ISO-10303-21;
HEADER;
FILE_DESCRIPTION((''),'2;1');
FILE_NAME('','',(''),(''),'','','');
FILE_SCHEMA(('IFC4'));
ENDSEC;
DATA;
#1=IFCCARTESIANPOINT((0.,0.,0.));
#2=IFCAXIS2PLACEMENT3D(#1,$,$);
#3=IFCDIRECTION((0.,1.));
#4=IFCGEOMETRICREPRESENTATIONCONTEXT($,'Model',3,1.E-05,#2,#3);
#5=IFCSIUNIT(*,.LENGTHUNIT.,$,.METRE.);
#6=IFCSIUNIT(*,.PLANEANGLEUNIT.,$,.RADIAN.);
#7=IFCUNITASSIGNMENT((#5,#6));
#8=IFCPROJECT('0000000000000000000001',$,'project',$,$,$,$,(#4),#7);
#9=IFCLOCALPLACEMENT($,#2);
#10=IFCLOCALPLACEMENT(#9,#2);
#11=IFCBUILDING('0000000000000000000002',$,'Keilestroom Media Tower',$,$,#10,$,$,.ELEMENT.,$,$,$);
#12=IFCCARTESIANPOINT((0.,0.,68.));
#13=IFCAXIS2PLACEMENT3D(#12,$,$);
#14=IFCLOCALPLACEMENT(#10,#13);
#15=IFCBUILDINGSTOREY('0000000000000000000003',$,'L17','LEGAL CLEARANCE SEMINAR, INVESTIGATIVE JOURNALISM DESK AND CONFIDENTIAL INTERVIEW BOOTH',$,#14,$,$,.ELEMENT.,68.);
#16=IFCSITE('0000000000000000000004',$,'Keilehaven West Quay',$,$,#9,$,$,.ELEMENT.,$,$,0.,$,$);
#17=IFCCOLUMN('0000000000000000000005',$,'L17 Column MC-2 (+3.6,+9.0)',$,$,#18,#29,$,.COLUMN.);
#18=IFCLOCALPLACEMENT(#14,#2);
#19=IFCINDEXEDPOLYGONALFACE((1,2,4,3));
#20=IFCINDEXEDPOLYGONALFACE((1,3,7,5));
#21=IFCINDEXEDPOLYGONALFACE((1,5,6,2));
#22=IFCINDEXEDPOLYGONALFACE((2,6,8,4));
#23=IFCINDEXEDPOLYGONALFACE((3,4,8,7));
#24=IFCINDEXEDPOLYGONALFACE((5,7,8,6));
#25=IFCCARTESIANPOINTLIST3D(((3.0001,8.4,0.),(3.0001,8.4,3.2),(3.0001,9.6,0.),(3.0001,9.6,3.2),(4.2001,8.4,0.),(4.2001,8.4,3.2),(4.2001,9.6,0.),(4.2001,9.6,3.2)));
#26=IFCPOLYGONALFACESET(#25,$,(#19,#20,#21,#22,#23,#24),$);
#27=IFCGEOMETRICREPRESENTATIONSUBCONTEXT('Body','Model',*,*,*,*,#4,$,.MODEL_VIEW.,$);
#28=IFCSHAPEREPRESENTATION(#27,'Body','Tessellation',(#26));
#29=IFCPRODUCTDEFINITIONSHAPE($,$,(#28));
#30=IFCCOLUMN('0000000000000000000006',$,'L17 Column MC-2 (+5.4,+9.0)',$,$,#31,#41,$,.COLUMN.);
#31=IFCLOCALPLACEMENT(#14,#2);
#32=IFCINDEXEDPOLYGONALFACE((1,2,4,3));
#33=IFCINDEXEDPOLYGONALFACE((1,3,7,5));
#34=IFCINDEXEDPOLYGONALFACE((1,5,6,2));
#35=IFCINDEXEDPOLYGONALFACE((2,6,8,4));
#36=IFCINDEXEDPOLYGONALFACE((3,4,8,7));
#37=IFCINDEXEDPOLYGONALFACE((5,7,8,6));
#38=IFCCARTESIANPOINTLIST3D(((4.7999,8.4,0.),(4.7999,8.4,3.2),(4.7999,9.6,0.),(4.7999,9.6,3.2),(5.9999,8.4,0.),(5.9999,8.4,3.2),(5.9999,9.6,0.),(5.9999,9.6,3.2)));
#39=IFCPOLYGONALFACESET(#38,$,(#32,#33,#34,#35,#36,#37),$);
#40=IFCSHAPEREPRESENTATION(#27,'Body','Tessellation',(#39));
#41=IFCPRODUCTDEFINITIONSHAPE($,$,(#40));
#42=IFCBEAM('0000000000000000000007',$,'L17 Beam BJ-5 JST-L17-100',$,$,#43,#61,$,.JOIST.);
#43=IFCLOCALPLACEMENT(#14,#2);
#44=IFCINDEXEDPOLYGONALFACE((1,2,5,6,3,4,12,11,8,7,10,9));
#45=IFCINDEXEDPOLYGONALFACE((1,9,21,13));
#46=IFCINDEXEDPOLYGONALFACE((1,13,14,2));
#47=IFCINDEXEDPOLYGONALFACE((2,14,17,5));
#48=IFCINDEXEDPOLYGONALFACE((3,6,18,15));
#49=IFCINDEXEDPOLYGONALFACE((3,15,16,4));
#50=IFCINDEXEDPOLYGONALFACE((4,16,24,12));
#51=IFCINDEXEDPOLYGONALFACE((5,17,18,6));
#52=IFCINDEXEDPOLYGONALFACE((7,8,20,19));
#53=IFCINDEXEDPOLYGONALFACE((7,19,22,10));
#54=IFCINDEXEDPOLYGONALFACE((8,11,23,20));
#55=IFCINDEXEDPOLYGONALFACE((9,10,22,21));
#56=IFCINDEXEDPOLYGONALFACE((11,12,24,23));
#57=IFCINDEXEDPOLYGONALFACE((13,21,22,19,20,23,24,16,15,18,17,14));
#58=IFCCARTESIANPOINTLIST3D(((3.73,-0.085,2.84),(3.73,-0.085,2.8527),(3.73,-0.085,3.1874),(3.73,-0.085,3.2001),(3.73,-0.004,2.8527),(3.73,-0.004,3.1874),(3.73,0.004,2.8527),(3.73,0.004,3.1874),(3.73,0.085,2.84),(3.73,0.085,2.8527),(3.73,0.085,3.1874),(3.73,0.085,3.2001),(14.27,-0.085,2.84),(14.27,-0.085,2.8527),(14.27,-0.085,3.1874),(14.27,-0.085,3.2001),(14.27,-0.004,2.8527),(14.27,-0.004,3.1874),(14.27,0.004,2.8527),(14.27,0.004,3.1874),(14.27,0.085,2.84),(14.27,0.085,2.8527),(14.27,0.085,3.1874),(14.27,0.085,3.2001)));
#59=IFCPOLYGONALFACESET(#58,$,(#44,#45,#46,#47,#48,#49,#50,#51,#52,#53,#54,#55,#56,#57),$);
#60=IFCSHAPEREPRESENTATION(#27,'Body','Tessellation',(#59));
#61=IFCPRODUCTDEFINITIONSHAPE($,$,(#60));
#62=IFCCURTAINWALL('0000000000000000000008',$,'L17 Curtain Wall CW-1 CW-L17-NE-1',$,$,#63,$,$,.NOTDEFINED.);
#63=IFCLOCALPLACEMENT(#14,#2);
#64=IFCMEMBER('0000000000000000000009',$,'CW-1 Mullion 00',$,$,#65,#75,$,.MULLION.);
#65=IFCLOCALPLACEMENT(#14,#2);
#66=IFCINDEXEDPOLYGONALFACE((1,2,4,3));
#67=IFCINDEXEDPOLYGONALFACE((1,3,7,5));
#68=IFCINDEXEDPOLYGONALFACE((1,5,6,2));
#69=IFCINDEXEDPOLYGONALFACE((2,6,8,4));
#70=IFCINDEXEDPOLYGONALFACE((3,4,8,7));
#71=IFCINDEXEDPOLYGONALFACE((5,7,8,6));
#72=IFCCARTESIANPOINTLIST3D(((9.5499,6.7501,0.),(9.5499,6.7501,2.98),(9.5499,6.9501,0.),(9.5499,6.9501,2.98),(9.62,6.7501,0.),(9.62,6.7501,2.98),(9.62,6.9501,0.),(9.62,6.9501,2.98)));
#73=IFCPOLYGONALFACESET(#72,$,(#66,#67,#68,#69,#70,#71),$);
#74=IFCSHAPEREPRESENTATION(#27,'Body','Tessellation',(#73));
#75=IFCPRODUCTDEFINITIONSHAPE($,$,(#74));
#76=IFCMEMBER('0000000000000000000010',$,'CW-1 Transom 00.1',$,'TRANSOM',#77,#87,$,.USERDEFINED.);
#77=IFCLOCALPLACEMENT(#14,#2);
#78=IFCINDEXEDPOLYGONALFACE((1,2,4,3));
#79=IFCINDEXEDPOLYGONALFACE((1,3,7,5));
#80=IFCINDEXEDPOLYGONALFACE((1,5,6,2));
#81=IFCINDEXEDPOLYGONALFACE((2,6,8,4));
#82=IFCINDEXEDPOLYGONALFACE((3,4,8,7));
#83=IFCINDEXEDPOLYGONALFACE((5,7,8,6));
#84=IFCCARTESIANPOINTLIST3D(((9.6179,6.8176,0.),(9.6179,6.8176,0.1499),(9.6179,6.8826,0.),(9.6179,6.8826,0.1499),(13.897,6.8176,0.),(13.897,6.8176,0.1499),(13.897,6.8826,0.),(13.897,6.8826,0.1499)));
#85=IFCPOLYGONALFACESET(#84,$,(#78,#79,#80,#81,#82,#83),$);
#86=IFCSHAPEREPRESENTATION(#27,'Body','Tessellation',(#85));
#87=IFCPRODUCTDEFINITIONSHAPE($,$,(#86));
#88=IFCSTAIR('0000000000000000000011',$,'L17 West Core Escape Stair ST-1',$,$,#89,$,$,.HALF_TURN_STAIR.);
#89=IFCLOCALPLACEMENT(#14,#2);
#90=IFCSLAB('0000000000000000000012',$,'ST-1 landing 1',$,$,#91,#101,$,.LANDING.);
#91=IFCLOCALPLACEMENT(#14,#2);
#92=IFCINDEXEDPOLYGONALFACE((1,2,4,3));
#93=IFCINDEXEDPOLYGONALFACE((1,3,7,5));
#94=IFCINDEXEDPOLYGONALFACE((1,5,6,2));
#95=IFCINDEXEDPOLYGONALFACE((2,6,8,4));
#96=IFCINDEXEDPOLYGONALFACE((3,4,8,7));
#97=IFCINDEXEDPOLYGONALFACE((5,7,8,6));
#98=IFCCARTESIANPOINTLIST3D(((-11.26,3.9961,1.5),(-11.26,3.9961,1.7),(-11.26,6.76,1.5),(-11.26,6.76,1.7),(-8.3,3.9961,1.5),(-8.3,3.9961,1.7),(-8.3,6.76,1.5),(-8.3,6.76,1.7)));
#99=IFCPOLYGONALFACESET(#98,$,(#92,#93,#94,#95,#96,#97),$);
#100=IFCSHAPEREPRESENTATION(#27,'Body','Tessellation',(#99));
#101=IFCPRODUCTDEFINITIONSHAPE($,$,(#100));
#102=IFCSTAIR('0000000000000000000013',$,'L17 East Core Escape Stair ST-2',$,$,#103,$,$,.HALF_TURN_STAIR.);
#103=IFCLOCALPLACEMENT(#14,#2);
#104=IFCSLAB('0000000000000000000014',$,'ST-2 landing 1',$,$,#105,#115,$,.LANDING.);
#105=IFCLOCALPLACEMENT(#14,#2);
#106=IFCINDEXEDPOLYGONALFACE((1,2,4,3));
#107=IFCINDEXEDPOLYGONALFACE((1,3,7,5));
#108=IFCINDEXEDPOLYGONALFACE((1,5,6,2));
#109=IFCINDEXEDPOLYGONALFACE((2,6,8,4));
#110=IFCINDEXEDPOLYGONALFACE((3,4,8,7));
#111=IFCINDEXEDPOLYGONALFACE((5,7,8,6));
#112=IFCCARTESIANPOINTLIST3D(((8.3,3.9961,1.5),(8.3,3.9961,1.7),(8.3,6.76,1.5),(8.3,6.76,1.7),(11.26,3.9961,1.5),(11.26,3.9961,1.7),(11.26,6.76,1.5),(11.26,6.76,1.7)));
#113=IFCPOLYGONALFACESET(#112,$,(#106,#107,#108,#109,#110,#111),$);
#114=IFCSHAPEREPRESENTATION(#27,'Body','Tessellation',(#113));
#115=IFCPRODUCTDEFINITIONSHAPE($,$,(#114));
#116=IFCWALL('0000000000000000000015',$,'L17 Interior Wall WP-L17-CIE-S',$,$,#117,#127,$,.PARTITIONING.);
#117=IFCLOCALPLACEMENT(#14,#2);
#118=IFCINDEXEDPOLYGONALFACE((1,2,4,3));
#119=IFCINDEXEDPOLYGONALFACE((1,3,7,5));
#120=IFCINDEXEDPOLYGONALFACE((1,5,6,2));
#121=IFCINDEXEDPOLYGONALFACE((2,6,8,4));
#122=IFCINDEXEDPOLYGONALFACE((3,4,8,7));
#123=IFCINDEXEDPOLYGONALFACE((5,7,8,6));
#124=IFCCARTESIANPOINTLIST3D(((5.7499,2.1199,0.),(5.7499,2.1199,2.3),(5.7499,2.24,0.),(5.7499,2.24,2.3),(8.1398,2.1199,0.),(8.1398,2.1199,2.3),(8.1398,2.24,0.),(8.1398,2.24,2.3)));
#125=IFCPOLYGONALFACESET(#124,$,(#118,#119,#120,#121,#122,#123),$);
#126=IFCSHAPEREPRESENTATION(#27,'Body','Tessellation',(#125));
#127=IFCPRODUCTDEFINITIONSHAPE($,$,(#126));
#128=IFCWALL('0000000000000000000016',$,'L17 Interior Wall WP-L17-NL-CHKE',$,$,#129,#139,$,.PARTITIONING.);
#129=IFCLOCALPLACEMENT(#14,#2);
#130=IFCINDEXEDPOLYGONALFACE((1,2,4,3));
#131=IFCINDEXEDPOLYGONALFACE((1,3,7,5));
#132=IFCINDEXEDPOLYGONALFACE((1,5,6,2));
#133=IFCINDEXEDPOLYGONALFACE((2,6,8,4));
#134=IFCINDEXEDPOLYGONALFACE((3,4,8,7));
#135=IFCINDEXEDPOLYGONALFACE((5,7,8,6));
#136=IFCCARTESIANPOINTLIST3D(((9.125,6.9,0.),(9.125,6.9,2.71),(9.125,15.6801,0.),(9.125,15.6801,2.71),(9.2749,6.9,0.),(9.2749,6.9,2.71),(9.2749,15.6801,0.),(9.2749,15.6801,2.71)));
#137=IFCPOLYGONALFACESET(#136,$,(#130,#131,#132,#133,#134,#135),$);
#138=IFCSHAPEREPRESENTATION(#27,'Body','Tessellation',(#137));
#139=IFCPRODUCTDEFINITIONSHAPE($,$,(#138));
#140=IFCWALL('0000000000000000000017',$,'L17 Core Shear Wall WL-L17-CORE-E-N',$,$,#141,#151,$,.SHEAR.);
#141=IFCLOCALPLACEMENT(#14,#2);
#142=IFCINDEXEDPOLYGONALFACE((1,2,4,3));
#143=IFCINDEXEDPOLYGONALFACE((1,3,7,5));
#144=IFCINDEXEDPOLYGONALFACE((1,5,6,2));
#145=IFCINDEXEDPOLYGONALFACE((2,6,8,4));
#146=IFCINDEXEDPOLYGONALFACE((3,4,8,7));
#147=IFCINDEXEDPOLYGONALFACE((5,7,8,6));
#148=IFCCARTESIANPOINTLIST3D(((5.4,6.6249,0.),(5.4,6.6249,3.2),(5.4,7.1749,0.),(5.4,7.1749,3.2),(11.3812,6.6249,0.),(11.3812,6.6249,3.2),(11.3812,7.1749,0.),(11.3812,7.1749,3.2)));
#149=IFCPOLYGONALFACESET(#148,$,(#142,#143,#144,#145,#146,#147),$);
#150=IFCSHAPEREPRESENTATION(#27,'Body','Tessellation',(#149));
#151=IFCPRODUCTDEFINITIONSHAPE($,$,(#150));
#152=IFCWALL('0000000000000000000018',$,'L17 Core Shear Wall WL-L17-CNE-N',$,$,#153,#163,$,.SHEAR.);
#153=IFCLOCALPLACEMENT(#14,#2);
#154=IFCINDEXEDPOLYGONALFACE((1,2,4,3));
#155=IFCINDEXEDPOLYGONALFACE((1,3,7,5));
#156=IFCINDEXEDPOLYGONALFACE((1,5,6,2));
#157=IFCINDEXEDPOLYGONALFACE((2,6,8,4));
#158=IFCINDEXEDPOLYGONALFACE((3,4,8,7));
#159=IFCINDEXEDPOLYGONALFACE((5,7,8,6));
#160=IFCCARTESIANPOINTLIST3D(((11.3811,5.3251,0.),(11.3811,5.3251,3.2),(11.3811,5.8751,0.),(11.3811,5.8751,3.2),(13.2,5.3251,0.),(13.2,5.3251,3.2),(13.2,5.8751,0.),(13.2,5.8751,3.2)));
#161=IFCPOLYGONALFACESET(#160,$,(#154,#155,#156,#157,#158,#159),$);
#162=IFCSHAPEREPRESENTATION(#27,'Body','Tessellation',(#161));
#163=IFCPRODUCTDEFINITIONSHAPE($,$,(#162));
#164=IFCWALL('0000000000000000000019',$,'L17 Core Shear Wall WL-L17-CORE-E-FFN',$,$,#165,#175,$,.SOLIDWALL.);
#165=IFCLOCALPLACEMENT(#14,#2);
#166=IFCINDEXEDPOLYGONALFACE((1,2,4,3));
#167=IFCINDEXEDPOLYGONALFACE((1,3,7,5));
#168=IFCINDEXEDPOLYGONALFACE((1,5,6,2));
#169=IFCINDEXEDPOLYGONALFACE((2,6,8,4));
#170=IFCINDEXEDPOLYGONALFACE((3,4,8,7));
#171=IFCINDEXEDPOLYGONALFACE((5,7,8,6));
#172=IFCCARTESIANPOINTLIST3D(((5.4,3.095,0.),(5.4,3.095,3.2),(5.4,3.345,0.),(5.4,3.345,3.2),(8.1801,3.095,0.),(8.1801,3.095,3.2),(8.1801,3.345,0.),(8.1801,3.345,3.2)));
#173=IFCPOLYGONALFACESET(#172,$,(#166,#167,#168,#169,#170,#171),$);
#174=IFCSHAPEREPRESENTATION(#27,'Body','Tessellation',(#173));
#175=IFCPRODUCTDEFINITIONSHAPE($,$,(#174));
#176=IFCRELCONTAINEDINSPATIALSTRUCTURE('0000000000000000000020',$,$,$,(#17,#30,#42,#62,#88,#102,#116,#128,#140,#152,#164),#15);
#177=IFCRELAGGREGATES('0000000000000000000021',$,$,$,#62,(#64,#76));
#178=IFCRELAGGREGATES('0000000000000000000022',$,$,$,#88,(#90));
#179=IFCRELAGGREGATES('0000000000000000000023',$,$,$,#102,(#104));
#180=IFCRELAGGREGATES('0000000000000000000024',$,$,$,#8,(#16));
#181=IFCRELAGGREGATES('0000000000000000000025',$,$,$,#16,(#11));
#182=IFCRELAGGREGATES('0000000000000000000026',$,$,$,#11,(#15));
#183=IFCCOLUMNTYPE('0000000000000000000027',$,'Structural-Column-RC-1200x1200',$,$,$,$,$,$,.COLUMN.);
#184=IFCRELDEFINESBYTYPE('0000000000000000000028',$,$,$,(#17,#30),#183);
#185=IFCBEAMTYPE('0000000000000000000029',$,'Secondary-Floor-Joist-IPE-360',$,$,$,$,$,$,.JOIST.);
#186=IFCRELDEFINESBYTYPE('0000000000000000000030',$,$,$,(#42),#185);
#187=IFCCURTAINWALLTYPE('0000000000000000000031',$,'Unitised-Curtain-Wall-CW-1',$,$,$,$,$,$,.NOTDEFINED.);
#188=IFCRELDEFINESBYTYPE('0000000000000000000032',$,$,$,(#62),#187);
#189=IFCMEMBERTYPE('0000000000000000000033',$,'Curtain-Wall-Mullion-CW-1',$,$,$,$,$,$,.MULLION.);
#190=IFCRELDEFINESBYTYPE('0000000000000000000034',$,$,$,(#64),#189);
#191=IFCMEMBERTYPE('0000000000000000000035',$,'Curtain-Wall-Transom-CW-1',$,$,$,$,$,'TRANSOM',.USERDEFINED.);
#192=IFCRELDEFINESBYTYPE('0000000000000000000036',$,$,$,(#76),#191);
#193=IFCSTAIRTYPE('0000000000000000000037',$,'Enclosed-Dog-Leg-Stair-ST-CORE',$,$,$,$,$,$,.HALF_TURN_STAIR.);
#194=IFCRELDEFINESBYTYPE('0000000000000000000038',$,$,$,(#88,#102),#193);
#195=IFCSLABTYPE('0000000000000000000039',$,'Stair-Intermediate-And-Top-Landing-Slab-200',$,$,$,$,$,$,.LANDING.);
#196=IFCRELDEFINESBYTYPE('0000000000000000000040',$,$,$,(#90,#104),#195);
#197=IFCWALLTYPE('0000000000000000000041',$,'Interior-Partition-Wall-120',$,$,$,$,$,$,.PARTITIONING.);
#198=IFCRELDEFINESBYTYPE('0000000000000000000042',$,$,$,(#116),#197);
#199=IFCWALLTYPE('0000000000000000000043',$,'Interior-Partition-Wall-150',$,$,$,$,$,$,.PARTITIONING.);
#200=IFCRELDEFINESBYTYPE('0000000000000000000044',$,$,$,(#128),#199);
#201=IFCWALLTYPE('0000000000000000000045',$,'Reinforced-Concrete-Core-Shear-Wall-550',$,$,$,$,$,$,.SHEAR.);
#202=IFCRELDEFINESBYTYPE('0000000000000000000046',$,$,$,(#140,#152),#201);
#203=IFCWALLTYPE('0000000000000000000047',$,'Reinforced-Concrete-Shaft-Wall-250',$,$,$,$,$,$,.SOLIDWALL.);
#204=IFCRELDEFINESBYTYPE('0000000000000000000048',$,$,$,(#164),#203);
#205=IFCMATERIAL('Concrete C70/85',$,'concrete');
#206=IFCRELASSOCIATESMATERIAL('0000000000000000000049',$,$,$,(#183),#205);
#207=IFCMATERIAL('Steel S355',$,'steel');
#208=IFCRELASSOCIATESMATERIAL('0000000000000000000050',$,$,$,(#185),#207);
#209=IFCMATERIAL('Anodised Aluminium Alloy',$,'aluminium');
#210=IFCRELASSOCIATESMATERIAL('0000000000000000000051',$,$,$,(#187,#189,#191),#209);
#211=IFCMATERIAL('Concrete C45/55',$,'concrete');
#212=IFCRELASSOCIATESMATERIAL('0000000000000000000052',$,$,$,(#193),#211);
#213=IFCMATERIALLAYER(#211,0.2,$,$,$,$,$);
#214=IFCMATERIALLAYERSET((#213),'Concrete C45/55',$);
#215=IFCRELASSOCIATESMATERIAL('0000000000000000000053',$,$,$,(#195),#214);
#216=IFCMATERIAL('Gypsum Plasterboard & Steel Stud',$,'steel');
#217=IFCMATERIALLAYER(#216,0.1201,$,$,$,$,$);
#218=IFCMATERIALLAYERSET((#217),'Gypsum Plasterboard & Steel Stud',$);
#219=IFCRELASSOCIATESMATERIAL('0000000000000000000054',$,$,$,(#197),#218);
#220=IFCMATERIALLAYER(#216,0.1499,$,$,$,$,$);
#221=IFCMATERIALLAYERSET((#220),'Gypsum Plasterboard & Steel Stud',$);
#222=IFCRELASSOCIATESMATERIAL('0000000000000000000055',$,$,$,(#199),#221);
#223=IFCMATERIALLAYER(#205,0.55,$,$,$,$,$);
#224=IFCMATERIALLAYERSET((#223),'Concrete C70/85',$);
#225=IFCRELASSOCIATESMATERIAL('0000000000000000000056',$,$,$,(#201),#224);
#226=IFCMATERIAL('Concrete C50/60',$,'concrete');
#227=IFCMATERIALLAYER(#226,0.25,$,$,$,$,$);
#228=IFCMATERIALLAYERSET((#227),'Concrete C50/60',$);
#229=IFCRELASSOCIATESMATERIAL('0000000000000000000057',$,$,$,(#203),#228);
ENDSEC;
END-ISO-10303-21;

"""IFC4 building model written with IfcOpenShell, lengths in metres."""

from ifc_helpers import new_model, si_unit, direction, frame, frame_2d, origin, origin_2d, place, context, subcontext, project, spatial, polyline, rectangle, i_section, outline, extrude, source, transform, mapped, material, layer, layer_set, material_profile, profile_set, type_object, element, aggregate, save


model = new_model("IFC4")

# Units and contexts
model_context = context("Model", 3, precision=1e-05, world=origin(), true_north=direction((0.0, 1.0)))
body_context = subcontext(model_context, "Body", "Model", "MODEL_VIEW")
ifc_project = project(units=[si_unit("LENGTHUNIT", "METRE"), si_unit("PLANEANGLEUNIT", "RADIAN")], contexts=[model_context])

# Site, building, storey
site_placement = place(None, origin())
site = spatial("IfcSite", under=ifc_project, at=site_placement, Name="Keilehaven West Quay", CompositionType="ELEMENT", RefElevation=0.0)
building_placement = place(site_placement, origin())
building = spatial("IfcBuilding", under=site, at=building_placement, Name="Keilestroom Media Tower", CompositionType="ELEMENT")
storey_placement = place(building_placement, frame((0.0, 0.0, 68.0)))
storey = spatial("IfcBuildingStorey", under=building, at=storey_placement, Name="L17", Description="LEGAL CLEARANCE SEMINAR, INVESTIGATIVE JOURNALISM DESK AND CONFIDENTIAL INTERVIEW BOOTH", CompositionType="ELEMENT", Elevation=68.0)

# Columns
ifc_material_1 = material(Name="Concrete C70/85", Category="concrete")
ifc_material_profile_1 = material_profile(ifc_material_1, rectangle(XDim=1.2, YDim=1.2, at=origin_2d()), Name="RC 1200x1200")
ifc_profile_set_1 = profile_set([ifc_material_profile_1], Name="Concrete C70/85")
column_type = type_object("IfcColumnType", Name="Structural-Column-RC-1200x1200", PredefinedType="COLUMN", material=ifc_profile_set_1)
shared_shape_1 = source(origin(), body_context, "Body", "SweptSolid", [
    extrude(rectangle(XDim=1.2, YDim=1.2, at=origin_2d()), origin(), (0.0, 0.0, 1.0), 3.2),
])
for number, where, z_axis, x_axis, name in (
    (1, (3.6001, 9.0, 0.0), (0.0, 0.0, 1.0), (1.0, 0.0, 0.0), "L17 Column MC-2 (+3.6,+9.0)"),
    (2, (5.3999, 9.0, 0.0), (0.0, 0.0, 1.0), (1.0, 0.0, 0.0), "L17 Column MC-2 (+5.4,+9.0)"),
):
    element("IfcColumn", number, at=place(storey_placement, frame(where, z_axis=z_axis, x_axis=x_axis)), inside=storey, type_object=column_type, Name=name, PredefinedType="COLUMN", context=body_context, shape_type="MappedRepresentation", body=[
        mapped(shared_shape_1, transform((0.0, 0.0, 0.0), x_axis=(1.0, 0.0, 0.0), y_axis=(0.0, 1.0, 0.0), z_axis=(0.0, 0.0, 1.0), scale=1.0)),
    ])

# Beam
ifc_material_2 = material(Name="Steel S355", Category="steel")
ifc_material_profile_2 = material_profile(ifc_material_2, i_section(OverallWidth=0.1699, OverallDepth=0.3601, WebThickness=0.0081, FlangeThickness=0.0127, at=origin_2d()), Name="IPE 360")
ifc_profile_set_2 = profile_set([ifc_material_profile_2], Name="Steel S355")
beam_type = type_object("IfcBeamType", Name="Secondary-Floor-Joist-IPE-360", PredefinedType="JOIST", material=ifc_profile_set_2)
shared_shape_2 = source(origin(), body_context, "Body", "SweptSolid", [
    extrude(i_section(OverallWidth=0.1699, OverallDepth=0.3601, WebThickness=0.0081, FlangeThickness=0.0127, at=origin_2d()), origin(), (0.0, 0.0, 1.0), 10.54),
])
beam_placement = place(storey_placement, frame((3.73, 0.0, 3.02), z_axis=(1.0, 0.0, 0.0), x_axis=(0.0, 1.0, 0.0)))
element("IfcBeam", 3, at=beam_placement, inside=storey, type_object=beam_type, Name="L17 Beam BJ-5 JST-L17-100", PredefinedType="JOIST", context=body_context, shape_type="MappedRepresentation", body=[
    mapped(shared_shape_2, transform((0.0, 0.0, 0.0), x_axis=(1.0, 0.0, 0.0), y_axis=(0.0, 1.0, 0.0), z_axis=(0.0, 0.0, 1.0), scale=1.0)),
])

# Curtain wall, members
ifc_material_3 = material(Name="Anodised Aluminium Alloy", Category="aluminium")
curtain_wall_type = type_object("IfcCurtainWallType", Name="Unitised-Curtain-Wall-CW-1", PredefinedType="NOTDEFINED", material=ifc_material_3)
curtain_wall_placement = place(storey_placement, origin())
curtain_wall = element("IfcCurtainWall", 4, at=curtain_wall_placement, inside=storey, type_object=curtain_wall_type, Name="L17 Curtain Wall CW-1 CW-L17-NE-1", PredefinedType="NOTDEFINED")
ifc_material_profile_3 = material_profile(ifc_material_3, rectangle(XDim=0.0701, YDim=0.2, at=origin_2d()), Name="ALU MULLION 70x200")
ifc_profile_set_3 = profile_set([ifc_material_profile_3], Name="Anodised Aluminium Alloy")
member_type_1 = type_object("IfcMemberType", Name="Curtain-Wall-Mullion-CW-1", PredefinedType="MULLION", material=ifc_profile_set_3)
shared_shape_3 = source(origin(), body_context, "Body", "SweptSolid", [
    extrude(rectangle(XDim=0.0701, YDim=0.2, at=origin_2d()), origin(), (0.0, 0.0, 1.0), 2.98),
])
member_1_placement = place(storey_placement, frame((9.585, 6.8501, 0.0), z_axis=(0.0, 0.0, 1.0), x_axis=(1.0, 0.0, 0.0)))
member_1 = element("IfcMember", 5, at=member_1_placement, type_object=member_type_1, Name="CW-1 Mullion 00", PredefinedType="MULLION", context=body_context, shape_type="MappedRepresentation", body=[
    mapped(shared_shape_3, transform((0.0, 0.0, 0.0), x_axis=(1.0, 0.0, 0.0), y_axis=(0.0, 1.0, 0.0), z_axis=(0.0, 0.0, 1.0), scale=1.0)),
])
ifc_material_profile_4 = material_profile(ifc_material_3, rectangle(XDim=0.0649, YDim=0.1499, at=origin_2d()), Name="ALU TRANSOM 65x150")
ifc_profile_set_4 = profile_set([ifc_material_profile_4], Name="Anodised Aluminium Alloy")
member_type_2 = type_object("IfcMemberType", Name="Curtain-Wall-Transom-CW-1", ElementType="TRANSOM", PredefinedType="USERDEFINED", material=ifc_profile_set_4)
shared_shape_4 = source(origin(), body_context, "Body", "SweptSolid", [
    extrude(rectangle(XDim=0.0649, YDim=0.1499, at=origin_2d()), origin(), (0.0, 0.0, 1.0), 4.2791),
])
member_2_placement = place(storey_placement, frame((9.6179, 6.8501, 0.075), z_axis=(1.0, 0.0, 0.0), x_axis=(0.0, 1.0, 0.0)))
member_2 = element("IfcMember", 6, at=member_2_placement, type_object=member_type_2, Name="CW-1 Transom 00.1", ObjectType="TRANSOM", PredefinedType="USERDEFINED", context=body_context, shape_type="MappedRepresentation", body=[
    mapped(shared_shape_4, transform((0.0, 0.0, 0.0), x_axis=(1.0, 0.0, 0.0), y_axis=(0.0, 1.0, 0.0), z_axis=(0.0, 0.0, 1.0), scale=1.0)),
])
aggregate(curtain_wall, [member_1, member_2])

# Stairs, slabs
ifc_material_4 = material(Name="Concrete C45/55", Category="concrete")
stair_type = type_object("IfcStairType", Name="Enclosed-Dog-Leg-Stair-ST-CORE", PredefinedType="HALF_TURN_STAIR", material=ifc_material_4)
stair_1_placement = place(storey_placement, origin())
stair_1 = element("IfcStair", 7, at=stair_1_placement, inside=storey, type_object=stair_type, Name="L17 West Core Escape Stair ST-1", PredefinedType="HALF_TURN_STAIR")
ifc_layer_1 = layer(ifc_material_4, 0.2)
ifc_layer_set_1 = layer_set([ifc_layer_1], Name="Concrete C45/55")
slab_type = type_object("IfcSlabType", Name="Stair-Intermediate-And-Top-Landing-Slab-200", PredefinedType="LANDING", material=ifc_layer_set_1)
slab_1_placement = place(storey_placement, frame((0.0, 0.0, 1.5)))
slab_1 = element("IfcSlab", 8, at=slab_1_placement, type_object=slab_type, Name="ST-1 landing 1", PredefinedType="LANDING", context=body_context, shape_type="SweptSolid", body=[
    extrude(outline(polyline([(-8.3, 3.9961), (-8.3, 6.76), (-11.26, 6.76), (-11.26, 3.9961), (-8.3, 3.9961)])), origin(), (0.0, 0.0, 1.0), 0.2),
])
aggregate(stair_1, [slab_1])
stair_2_placement = place(storey_placement, origin())
stair_2 = element("IfcStair", 9, at=stair_2_placement, inside=storey, type_object=stair_type, Name="L17 East Core Escape Stair ST-2", PredefinedType="HALF_TURN_STAIR")
slab_2_placement = place(storey_placement, frame((0.0, 0.0, 1.5)))
slab_2 = element("IfcSlab", 10, at=slab_2_placement, type_object=slab_type, Name="ST-2 landing 1", PredefinedType="LANDING", context=body_context, shape_type="SweptSolid", body=[
    extrude(outline(polyline([(11.26, 3.9961), (11.26, 6.76), (8.3, 6.76), (8.3, 3.9961), (11.26, 3.9961)])), origin(), (0.0, 0.0, 1.0), 0.2),
])

# Walls
ifc_material_5 = material(Name="Gypsum Plasterboard & Steel Stud", Category="steel")
ifc_layer_2 = layer(ifc_material_5, 0.1201)
ifc_layer_set_2 = layer_set([ifc_layer_2], Name="Gypsum Plasterboard & Steel Stud")
wall_type_1 = type_object("IfcWallType", Name="Interior-Partition-Wall-120", PredefinedType="PARTITIONING", material=ifc_layer_set_2)
wall_1_placement = place(storey_placement, frame((5.75, 2.1799, 0.0), z_axis=(0.0, 0.0, 1.0), x_axis=(1.0, 0.0, 0.0)))
element("IfcWall", 11, at=wall_1_placement, inside=storey, type_object=wall_type_1, Name="L17 Interior Wall WP-L17-CIE-S", PredefinedType="PARTITIONING", context=body_context, shape_type="SweptSolid", body=[
    extrude(rectangle(XDim=2.3899, YDim=0.1201, at=frame_2d((1.1948, 0.0))), origin(), (0.0, 0.0, 1.0), 2.3),
])
ifc_layer_3 = layer(ifc_material_5, 0.1499)
ifc_layer_set_3 = layer_set([ifc_layer_3], Name="Gypsum Plasterboard & Steel Stud")
wall_type_2 = type_object("IfcWallType", Name="Interior-Partition-Wall-150", PredefinedType="PARTITIONING", material=ifc_layer_set_3)
wall_2_placement = place(storey_placement, frame((9.2, 6.8999, 0.0), z_axis=(0.0, 0.0, 1.0), x_axis=(0.0, 1.0, 0.0)))
element("IfcWall", 12, at=wall_2_placement, inside=storey, type_object=wall_type_2, Name="L17 Interior Wall WP-L17-NL-CHKE", PredefinedType="PARTITIONING", context=body_context, shape_type="SweptSolid", body=[
    extrude(rectangle(XDim=8.78, YDim=0.1499, at=frame_2d((4.3901, 0.0))), origin(), (0.0, 0.0, 1.0), 2.71),
])
ifc_layer_4 = layer(ifc_material_1, 0.55)
ifc_layer_set_4 = layer_set([ifc_layer_4], Name="Concrete C70/85")
wall_type_3 = type_object("IfcWallType", Name="Reinforced-Concrete-Core-Shear-Wall-550", PredefinedType="SHEAR", material=ifc_layer_set_4)
wall_3_placement = place(storey_placement, frame((5.3999, 6.8999, 0.0), z_axis=(0.0, 0.0, 1.0), x_axis=(1.0, 0.0, 0.0)))
element("IfcWall", 13, at=wall_3_placement, inside=storey, type_object=wall_type_3, Name="L17 Core Shear Wall WL-L17-CORE-E-N", PredefinedType="SHEAR", context=body_context, shape_type="SweptSolid", body=[
    extrude(rectangle(XDim=5.9812, YDim=0.55, at=frame_2d((2.9907, 0.0))), origin(), (0.0, 0.0, 1.0), 3.2),
])
wall_4_placement = place(storey_placement, frame((11.3811, 5.6001, 0.0), z_axis=(0.0, 0.0, 1.0), x_axis=(1.0, 0.0, 0.0)))
element("IfcWall", 14, at=wall_4_placement, inside=storey, type_object=wall_type_3, Name="L17 Core Shear Wall WL-L17-CNE-N", PredefinedType="SHEAR", context=body_context, shape_type="SweptSolid", body=[
    extrude(rectangle(XDim=1.8188, YDim=0.55, at=frame_2d((0.9094, 0.0))), origin(), (0.0, 0.0, 1.0), 3.2),
])
ifc_material_6 = material(Name="Concrete C50/60", Category="concrete")
ifc_layer_5 = layer(ifc_material_6, 0.25)
ifc_layer_set_5 = layer_set([ifc_layer_5], Name="Concrete C50/60")
wall_type_4 = type_object("IfcWallType", Name="Reinforced-Concrete-Shaft-Wall-250", PredefinedType="SOLIDWALL", material=ifc_layer_set_5)
wall_5_placement = place(storey_placement, frame((5.3999, 3.22, 0.0), z_axis=(0.0, 0.0, 1.0), x_axis=(1.0, 0.0, 0.0)))
element("IfcWall", 15, at=wall_5_placement, inside=storey, type_object=wall_type_4, Name="L17 Core Shear Wall WL-L17-CORE-E-FFN", PredefinedType="SOLIDWALL", context=body_context, shape_type="SweptSolid", body=[
    extrude(rectangle(XDim=2.78, YDim=0.25, at=frame_2d((1.3901, 0.0))), origin(), (0.0, 0.0, 1.0), 3.2),
])

aggregate(stair_2, [slab_2])

save(model, "model.ifc")
